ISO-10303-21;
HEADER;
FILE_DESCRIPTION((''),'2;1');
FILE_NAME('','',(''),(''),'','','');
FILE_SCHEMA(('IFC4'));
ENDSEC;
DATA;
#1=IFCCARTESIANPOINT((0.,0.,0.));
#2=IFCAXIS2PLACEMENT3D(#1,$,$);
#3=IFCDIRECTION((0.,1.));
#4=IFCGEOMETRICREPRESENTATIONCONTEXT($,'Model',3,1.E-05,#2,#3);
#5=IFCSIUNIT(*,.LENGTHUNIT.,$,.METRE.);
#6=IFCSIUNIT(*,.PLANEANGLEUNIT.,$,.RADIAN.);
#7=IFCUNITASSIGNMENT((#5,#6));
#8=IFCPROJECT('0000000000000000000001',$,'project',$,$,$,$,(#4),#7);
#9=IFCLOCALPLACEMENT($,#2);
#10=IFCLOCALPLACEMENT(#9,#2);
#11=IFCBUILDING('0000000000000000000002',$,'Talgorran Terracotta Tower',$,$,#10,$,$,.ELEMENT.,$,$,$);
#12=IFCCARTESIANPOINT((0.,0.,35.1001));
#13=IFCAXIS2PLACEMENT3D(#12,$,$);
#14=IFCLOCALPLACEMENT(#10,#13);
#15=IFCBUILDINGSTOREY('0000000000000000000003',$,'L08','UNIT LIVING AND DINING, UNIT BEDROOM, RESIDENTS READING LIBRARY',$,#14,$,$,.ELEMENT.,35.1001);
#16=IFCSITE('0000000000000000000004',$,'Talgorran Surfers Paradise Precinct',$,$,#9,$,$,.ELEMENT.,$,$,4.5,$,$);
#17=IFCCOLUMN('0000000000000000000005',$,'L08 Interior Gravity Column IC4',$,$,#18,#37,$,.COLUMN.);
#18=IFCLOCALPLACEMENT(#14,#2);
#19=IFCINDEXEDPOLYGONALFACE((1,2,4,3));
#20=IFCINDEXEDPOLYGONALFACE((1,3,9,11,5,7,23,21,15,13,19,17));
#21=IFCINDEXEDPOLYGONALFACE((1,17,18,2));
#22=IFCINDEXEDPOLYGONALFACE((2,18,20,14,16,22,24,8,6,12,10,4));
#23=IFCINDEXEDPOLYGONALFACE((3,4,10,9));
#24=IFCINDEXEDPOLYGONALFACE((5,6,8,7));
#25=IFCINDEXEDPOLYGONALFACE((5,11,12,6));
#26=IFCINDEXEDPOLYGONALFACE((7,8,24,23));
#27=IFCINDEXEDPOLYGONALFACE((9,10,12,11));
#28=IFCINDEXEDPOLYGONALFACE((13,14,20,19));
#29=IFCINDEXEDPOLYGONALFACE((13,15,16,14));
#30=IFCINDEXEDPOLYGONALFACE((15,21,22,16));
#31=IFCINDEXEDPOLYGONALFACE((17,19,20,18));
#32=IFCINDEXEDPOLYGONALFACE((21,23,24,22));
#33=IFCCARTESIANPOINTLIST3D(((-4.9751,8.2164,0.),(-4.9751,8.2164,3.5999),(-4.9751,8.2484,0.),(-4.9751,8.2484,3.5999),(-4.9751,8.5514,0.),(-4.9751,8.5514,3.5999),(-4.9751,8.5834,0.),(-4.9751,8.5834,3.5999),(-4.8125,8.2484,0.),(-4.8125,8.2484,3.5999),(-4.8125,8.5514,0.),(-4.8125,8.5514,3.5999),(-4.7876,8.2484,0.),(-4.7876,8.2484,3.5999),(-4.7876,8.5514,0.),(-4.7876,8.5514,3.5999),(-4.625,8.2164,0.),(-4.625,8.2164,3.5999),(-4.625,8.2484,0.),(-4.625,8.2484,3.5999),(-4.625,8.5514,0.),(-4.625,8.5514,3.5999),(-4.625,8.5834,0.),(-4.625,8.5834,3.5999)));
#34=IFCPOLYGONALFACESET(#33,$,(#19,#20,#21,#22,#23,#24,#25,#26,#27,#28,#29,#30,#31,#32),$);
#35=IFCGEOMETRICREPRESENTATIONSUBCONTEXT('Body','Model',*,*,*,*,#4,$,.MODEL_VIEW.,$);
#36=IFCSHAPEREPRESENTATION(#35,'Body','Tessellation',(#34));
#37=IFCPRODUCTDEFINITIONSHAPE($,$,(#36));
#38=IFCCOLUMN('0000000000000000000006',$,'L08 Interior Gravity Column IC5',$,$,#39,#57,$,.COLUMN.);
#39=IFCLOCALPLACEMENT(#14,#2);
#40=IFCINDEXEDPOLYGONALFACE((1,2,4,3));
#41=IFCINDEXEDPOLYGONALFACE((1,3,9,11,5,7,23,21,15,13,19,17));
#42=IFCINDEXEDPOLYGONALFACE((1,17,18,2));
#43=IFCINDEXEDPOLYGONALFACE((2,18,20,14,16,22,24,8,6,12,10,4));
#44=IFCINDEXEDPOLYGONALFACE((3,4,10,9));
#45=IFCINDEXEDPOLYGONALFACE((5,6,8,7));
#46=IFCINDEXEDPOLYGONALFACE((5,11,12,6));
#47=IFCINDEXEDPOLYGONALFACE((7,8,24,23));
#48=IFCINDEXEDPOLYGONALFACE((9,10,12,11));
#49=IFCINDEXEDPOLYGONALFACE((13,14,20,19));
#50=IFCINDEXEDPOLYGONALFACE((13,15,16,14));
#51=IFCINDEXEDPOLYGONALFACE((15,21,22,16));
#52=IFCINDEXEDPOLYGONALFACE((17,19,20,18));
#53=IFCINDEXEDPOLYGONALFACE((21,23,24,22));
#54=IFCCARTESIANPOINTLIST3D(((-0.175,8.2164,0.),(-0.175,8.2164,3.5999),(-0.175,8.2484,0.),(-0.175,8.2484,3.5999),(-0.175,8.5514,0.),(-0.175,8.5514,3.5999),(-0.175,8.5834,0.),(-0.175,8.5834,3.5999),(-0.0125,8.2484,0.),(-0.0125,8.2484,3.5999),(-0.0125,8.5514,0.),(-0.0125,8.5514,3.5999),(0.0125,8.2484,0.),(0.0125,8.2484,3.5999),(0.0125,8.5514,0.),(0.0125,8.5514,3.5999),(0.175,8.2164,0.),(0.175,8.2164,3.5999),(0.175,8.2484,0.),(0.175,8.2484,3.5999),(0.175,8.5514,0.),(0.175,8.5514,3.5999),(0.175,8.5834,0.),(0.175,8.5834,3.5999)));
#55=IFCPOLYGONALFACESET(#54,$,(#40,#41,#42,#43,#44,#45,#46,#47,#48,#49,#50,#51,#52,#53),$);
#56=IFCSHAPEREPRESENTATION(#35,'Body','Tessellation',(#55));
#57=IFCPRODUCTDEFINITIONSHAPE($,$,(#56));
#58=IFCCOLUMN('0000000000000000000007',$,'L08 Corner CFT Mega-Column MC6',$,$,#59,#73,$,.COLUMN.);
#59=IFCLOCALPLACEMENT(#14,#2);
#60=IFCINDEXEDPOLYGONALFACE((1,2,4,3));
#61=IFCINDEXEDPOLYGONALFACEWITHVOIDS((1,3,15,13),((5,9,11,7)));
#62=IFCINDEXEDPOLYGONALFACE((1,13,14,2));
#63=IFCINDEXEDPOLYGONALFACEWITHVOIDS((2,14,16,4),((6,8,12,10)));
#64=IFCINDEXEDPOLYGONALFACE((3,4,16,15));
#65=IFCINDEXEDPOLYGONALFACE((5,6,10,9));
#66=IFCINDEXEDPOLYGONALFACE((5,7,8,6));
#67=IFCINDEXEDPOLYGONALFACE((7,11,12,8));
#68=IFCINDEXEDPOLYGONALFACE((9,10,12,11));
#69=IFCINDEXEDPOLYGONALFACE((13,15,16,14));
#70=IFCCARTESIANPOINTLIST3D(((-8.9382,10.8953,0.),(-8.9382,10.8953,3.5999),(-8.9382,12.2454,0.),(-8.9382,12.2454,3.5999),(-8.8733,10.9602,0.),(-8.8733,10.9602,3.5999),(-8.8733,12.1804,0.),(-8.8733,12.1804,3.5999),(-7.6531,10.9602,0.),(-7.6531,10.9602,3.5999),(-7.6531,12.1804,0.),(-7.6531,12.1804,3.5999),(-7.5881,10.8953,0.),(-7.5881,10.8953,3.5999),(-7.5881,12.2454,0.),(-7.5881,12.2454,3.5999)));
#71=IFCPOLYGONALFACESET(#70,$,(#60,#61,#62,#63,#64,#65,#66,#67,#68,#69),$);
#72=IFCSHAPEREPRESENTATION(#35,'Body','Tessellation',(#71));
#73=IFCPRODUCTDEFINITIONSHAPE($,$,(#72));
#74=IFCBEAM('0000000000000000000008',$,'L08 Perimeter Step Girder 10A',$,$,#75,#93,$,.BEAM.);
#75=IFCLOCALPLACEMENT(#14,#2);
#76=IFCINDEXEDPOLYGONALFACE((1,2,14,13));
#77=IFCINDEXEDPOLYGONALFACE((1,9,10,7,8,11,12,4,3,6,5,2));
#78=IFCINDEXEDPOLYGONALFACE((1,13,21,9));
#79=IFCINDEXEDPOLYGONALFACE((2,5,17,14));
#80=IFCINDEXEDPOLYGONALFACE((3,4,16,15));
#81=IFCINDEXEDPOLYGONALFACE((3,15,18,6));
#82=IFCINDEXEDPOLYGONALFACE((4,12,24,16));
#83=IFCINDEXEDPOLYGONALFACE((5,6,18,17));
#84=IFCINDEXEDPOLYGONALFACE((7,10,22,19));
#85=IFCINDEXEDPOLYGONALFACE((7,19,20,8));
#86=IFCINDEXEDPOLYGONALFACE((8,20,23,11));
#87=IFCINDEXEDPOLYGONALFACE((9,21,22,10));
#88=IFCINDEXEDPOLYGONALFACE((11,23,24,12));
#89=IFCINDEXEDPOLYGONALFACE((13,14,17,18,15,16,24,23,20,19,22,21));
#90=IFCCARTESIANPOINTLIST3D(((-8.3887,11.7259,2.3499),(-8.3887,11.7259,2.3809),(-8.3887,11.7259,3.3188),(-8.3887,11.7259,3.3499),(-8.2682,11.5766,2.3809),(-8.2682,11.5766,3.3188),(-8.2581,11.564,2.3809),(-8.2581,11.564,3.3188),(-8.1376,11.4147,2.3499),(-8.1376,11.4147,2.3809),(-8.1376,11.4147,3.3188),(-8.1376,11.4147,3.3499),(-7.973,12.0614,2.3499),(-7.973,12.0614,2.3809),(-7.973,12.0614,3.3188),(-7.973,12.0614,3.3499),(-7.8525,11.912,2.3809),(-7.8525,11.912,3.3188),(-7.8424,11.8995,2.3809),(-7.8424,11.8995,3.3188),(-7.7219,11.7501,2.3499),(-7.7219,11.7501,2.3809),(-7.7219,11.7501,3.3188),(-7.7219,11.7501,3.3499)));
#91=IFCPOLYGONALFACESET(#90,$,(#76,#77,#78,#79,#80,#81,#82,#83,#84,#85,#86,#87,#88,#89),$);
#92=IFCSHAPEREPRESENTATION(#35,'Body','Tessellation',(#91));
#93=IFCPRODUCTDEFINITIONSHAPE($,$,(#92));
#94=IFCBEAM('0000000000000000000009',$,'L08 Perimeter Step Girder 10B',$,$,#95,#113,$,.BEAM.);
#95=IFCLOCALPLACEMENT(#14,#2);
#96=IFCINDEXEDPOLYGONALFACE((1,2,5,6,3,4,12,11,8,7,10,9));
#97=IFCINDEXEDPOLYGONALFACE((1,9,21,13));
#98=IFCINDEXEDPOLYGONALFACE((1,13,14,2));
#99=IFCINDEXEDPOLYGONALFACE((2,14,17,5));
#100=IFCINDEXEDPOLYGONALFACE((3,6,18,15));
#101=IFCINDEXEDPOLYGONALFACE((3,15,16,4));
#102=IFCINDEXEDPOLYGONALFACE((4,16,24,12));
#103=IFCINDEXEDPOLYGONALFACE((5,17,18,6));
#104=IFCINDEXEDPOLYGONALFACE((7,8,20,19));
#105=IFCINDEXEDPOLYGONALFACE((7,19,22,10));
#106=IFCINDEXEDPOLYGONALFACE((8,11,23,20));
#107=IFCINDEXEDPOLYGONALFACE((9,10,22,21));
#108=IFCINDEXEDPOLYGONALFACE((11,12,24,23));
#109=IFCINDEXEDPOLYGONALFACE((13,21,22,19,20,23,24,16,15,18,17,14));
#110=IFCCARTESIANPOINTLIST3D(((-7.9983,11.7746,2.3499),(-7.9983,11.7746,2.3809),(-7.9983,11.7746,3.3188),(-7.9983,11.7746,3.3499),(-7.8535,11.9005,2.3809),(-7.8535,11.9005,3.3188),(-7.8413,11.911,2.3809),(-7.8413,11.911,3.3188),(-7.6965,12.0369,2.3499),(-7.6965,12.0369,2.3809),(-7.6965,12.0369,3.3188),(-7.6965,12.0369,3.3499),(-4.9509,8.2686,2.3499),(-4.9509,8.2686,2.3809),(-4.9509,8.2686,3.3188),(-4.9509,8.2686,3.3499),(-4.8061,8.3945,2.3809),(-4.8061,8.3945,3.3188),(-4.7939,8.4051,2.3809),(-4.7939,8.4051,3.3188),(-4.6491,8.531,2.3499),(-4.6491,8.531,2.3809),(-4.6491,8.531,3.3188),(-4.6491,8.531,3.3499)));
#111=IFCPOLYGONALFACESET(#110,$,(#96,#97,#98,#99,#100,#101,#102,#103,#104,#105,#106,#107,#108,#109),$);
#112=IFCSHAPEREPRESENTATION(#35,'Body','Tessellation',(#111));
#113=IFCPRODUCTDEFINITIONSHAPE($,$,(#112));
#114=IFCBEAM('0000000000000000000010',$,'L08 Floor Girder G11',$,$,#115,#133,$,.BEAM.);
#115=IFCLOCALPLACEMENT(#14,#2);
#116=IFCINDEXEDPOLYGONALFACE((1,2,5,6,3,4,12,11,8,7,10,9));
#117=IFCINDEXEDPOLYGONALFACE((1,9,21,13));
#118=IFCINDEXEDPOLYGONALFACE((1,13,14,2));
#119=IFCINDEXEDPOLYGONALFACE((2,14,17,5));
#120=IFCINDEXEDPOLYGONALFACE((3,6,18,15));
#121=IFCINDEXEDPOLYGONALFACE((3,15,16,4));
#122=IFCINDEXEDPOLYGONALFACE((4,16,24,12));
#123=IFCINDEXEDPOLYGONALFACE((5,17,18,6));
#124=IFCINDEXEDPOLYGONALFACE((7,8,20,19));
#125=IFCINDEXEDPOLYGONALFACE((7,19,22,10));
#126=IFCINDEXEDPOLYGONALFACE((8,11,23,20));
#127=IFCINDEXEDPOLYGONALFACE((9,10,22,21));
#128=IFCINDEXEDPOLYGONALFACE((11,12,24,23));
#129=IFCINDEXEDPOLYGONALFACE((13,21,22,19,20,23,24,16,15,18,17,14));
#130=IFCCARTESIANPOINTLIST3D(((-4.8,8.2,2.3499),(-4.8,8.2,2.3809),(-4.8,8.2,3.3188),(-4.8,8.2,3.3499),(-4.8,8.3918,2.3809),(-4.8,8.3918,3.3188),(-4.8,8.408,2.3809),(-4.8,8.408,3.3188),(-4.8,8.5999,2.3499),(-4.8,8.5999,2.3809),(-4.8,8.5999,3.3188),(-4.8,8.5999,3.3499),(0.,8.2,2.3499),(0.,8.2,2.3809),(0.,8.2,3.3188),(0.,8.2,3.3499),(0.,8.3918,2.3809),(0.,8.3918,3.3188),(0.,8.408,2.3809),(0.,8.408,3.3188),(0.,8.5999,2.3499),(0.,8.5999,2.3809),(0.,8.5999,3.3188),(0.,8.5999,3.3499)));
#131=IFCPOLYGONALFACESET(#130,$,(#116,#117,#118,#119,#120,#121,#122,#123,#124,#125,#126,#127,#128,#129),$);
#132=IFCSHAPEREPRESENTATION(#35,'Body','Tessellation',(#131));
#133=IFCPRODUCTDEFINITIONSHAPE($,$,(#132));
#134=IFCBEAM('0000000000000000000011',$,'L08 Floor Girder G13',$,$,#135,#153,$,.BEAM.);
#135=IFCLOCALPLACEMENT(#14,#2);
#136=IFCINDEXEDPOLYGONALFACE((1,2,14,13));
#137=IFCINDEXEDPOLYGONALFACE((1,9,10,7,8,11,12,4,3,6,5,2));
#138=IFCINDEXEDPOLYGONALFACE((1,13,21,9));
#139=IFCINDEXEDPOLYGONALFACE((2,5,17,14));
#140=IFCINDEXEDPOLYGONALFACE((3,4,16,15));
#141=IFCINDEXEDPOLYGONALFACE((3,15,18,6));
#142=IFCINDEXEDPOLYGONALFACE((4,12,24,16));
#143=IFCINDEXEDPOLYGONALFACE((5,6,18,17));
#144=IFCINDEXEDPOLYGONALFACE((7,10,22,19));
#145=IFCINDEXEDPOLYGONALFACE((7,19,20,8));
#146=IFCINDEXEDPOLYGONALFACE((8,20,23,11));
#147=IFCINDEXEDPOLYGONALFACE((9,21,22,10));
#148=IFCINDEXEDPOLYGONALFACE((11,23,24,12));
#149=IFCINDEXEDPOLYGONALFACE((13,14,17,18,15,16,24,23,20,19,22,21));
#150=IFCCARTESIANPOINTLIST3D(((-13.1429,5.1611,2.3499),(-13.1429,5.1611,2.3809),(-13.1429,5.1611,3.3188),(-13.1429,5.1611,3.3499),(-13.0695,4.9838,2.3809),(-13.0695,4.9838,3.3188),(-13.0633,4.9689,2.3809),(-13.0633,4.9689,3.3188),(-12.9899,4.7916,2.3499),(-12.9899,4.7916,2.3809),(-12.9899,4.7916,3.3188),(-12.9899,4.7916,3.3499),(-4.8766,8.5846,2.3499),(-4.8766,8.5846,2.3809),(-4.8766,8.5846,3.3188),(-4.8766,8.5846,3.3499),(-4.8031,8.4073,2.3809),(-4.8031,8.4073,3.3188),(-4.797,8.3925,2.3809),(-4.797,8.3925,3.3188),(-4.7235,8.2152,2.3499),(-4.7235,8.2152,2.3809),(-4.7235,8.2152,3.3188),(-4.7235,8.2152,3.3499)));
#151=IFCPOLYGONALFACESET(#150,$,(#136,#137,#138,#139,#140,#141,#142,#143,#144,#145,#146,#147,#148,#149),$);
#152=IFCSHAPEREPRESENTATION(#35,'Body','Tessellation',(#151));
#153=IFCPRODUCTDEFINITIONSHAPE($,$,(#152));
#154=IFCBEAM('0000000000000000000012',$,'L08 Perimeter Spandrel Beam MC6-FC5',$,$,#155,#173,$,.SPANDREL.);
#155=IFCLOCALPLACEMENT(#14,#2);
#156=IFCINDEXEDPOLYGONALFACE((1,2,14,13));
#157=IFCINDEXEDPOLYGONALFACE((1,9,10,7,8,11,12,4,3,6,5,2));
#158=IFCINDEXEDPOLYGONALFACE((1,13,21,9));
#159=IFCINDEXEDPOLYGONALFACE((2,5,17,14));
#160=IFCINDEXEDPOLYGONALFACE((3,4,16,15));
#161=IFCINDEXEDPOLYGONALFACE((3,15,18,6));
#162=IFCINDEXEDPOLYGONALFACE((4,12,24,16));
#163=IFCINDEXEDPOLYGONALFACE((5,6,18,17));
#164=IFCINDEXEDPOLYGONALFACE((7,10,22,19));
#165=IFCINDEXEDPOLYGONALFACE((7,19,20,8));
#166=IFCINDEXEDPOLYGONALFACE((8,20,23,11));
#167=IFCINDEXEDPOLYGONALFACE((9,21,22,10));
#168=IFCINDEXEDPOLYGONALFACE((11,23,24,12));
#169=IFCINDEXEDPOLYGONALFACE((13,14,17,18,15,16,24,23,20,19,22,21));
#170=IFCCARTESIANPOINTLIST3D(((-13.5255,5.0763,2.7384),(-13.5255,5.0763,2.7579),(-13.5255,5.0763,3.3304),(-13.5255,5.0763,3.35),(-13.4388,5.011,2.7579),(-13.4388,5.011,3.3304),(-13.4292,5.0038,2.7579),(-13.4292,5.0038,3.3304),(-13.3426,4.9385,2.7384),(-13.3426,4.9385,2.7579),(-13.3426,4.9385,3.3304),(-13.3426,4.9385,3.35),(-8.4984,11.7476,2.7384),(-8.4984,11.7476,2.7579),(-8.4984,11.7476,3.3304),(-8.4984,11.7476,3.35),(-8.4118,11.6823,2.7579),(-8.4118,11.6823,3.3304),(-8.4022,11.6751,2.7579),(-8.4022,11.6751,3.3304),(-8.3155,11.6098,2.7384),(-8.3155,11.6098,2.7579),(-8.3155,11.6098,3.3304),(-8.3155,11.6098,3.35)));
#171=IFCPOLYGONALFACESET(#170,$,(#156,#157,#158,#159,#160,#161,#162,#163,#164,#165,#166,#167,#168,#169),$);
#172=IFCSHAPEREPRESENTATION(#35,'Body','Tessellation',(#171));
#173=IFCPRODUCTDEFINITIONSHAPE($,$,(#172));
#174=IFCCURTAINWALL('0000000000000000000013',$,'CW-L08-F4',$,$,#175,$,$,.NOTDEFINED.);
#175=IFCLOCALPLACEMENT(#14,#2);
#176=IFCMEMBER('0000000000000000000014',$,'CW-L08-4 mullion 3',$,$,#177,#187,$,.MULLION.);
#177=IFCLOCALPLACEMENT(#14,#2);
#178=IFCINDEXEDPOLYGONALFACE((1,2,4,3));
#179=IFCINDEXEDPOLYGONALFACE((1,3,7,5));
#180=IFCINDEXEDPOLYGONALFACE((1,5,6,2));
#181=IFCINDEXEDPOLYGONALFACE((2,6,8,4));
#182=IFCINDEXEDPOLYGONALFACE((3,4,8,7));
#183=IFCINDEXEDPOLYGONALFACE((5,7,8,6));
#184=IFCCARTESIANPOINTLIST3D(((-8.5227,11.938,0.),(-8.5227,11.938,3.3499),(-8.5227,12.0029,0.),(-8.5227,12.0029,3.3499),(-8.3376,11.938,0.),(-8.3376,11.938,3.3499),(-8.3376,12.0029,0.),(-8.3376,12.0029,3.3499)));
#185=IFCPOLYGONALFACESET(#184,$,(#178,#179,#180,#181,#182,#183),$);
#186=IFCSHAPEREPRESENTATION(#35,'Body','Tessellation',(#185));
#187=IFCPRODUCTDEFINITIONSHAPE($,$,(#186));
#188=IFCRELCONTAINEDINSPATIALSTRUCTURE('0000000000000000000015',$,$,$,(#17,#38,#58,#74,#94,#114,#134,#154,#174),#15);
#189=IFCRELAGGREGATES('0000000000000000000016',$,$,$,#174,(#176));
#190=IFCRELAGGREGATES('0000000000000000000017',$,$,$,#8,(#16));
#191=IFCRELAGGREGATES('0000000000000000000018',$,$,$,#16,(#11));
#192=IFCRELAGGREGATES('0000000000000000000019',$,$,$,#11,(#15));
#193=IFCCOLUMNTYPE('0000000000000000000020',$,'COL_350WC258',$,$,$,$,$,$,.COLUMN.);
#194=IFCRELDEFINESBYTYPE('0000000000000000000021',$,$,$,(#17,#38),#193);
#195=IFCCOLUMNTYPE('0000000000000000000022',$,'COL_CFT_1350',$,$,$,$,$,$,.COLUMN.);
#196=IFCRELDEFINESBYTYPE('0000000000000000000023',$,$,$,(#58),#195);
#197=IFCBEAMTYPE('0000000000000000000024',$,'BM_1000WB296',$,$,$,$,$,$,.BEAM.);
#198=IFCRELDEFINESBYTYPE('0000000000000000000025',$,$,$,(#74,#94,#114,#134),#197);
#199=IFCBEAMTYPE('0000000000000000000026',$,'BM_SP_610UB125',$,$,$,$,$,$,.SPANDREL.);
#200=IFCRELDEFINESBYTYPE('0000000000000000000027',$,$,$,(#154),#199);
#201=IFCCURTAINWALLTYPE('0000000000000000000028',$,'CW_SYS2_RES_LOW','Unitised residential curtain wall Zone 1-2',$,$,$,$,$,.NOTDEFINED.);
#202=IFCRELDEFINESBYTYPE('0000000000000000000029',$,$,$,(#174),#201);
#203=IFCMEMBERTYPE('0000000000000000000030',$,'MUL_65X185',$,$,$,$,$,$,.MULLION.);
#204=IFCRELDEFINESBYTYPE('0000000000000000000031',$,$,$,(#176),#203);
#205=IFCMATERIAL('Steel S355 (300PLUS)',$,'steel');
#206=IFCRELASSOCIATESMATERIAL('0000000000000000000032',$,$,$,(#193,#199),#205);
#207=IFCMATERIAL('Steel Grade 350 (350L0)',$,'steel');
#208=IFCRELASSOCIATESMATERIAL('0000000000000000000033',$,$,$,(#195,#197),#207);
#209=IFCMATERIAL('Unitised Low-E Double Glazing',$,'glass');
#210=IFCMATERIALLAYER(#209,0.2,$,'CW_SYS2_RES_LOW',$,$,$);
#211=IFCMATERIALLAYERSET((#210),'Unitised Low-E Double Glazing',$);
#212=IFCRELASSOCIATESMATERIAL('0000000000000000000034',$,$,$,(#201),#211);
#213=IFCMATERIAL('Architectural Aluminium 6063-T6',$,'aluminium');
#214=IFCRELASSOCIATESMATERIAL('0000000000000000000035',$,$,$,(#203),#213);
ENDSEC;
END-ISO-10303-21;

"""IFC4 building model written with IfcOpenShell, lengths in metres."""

from ifc_helpers import new_model, si_unit, direction, frame, origin, origin_2d, place, context, subcontext, project, spatial, rectangle, hollow_rectangle, i_section, extrude, material, layer, layer_set, material_profile, profile_set, type_object, element, aggregate, save


model = new_model("IFC4")

# Units and contexts
model_context = context("Model", 3, precision=1e-05, world=origin(), true_north=direction((0.0, 1.0)))
body_context = subcontext(model_context, "Body", "Model", "MODEL_VIEW")
ifc_project = project(units=[si_unit("LENGTHUNIT", "METRE"), si_unit("PLANEANGLEUNIT", "RADIAN")], contexts=[model_context])

# Site, building, storey
site_placement = place(None, origin())
site = spatial("IfcSite", under=ifc_project, at=site_placement, Name="Talgorran Surfers Paradise Precinct", CompositionType="ELEMENT", RefElevation=4.5)
building_placement = place(site_placement, origin())
building = spatial("IfcBuilding", under=site, at=building_placement, Name="Talgorran Terracotta Tower", CompositionType="ELEMENT")
storey_placement = place(building_placement, frame((0.0, 0.0, 35.1001)))
storey = spatial("IfcBuildingStorey", under=building, at=storey_placement, Name="L08", Description="UNIT LIVING AND DINING, UNIT BEDROOM, RESIDENTS READING LIBRARY", CompositionType="ELEMENT", Elevation=35.1001)

# Columns
ifc_material_1 = material(Name="Steel S355 (300PLUS)", Category="steel")
ifc_material_profile_1 = material_profile(ifc_material_1, i_section(OverallWidth=0.3501, OverallDepth=0.3669, WebThickness=0.0249, FlangeThickness=0.032, at=origin_2d()), Name="350WC258")
ifc_profile_set_1 = profile_set([ifc_material_profile_1], Name="Steel S355 (300PLUS)")
column_type_1 = type_object("IfcColumnType", Name="COL_350WC258", PredefinedType="COLUMN", material=ifc_profile_set_1)
for number, where, z_axis, x_axis, name in (
    (1, (-4.8, 8.3999, 0.0), (0.0, 0.0, 1.0), (1.0, 0.0, 0.0), "L08 Interior Gravity Column IC4"),
    (2, (0.0, 8.3999, 0.0), (0.0, 0.0, 1.0), (1.0, 0.0, 0.0), "L08 Interior Gravity Column IC5"),
):
    element("IfcColumn", number, at=place(storey_placement, frame(where, z_axis=z_axis, x_axis=x_axis)), inside=storey, type_object=column_type_1, Name=name, PredefinedType="COLUMN", context=body_context, shape_type="SweptSolid", body=[
        extrude(i_section(OverallWidth=0.3501, OverallDepth=0.3669, WebThickness=0.0249, FlangeThickness=0.032, at=origin_2d()), origin(), (0.0, 0.0, 1.0), 3.5999),
    ])
ifc_material_2 = material(Name="Steel Grade 350 (350L0)", Category="steel")
ifc_material_profile_2 = material_profile(ifc_material_2, hollow_rectangle(XDim=1.3501, YDim=1.3501, WallThickness=0.0649, at=origin_2d()), Name="CFT1350X1350X65")
ifc_profile_set_2 = profile_set([ifc_material_profile_2], Name="Steel Grade 350 (350L0)")
column_type_2 = type_object("IfcColumnType", Name="COL_CFT_1350", PredefinedType="COLUMN", material=ifc_profile_set_2)
column_placement = place(storey_placement, frame((-8.2632, 11.5703, 0.0), z_axis=(0.0, 0.0, 1.0), x_axis=(1.0, 0.0, 0.0)))
element("IfcColumn", 3, at=column_placement, inside=storey, type_object=column_type_2, Name="L08 Corner CFT Mega-Column MC6", PredefinedType="COLUMN", context=body_context, shape_type="SweptSolid", body=[
    extrude(hollow_rectangle(XDim=1.3501, YDim=1.3501, WallThickness=0.0649, at=origin_2d()), origin(), (0.0, 0.0, 1.0), 3.5999),
])

# Beams
ifc_material_profile_3 = material_profile(ifc_material_2, i_section(OverallWidth=0.3999, OverallDepth=1.0, WebThickness=0.0161, FlangeThickness=0.031, at=origin_2d()), Name="1000WB296")
ifc_profile_set_3 = profile_set([ifc_material_profile_3], Name="Steel Grade 350 (350L0)")
beam_type_1 = type_object("IfcBeamType", Name="BM_1000WB296", PredefinedType="BEAM", material=ifc_profile_set_3)
beam_1_placement = place(storey_placement, frame((-8.2632, 11.5703, 2.8499), z_axis=(0.778276, 0.627922, 0.0), x_axis=(-0.627922, 0.778276, 0.0)))
element("IfcBeam", 4, at=beam_1_placement, inside=storey, type_object=beam_type_1, Name="L08 Perimeter Step Girder 10A", PredefinedType="BEAM", context=body_context, shape_type="SweptSolid", body=[
    extrude(i_section(OverallWidth=0.3999, OverallDepth=1.0, WebThickness=0.0161, FlangeThickness=0.031, at=origin_2d()), origin(), (0.0, 0.0, 1.0), 0.5342),
])
beam_2_placement = place(storey_placement, frame((-7.8474, 11.9058, 2.8499), z_axis=(0.65603, -0.754734, 0.0), x_axis=(0.754734, 0.65603, 0.0)))
element("IfcBeam", 5, at=beam_2_placement, inside=storey, type_object=beam_type_1, Name="L08 Perimeter Step Girder 10B", PredefinedType="BEAM", context=body_context, shape_type="SweptSolid", body=[
    extrude(i_section(OverallWidth=0.3999, OverallDepth=1.0, WebThickness=0.0161, FlangeThickness=0.031, at=origin_2d()), origin(), (0.0, 0.0, 1.0), 4.6453),
])
beam_3_placement = place(storey_placement, frame((-4.8, 8.3999, 2.8499), z_axis=(1.0, 0.0, 0.0), x_axis=(0.0, 1.0, 0.0)))
element("IfcBeam", 6, at=beam_3_placement, inside=storey, type_object=beam_type_1, Name="L08 Floor Girder G11", PredefinedType="BEAM", context=body_context, shape_type="SweptSolid", body=[
    extrude(i_section(OverallWidth=0.3999, OverallDepth=1.0, WebThickness=0.0161, FlangeThickness=0.031, at=origin_2d()), origin(), (0.0, 0.0, 1.0), 4.8),
])
beam_4_placement = place(storey_placement, frame((-4.8, 8.3999, 2.8499), z_axis=(-0.923897, -0.38264, 0.0), x_axis=(0.38264, -0.923897, 0.0)))
element("IfcBeam", 7, at=beam_4_placement, inside=storey, type_object=beam_type_1, Name="L08 Floor Girder G13", PredefinedType="BEAM", context=body_context, shape_type="SweptSolid", body=[
    extrude(i_section(OverallWidth=0.3999, OverallDepth=1.0, WebThickness=0.0161, FlangeThickness=0.031, at=origin_2d()), origin(), (0.0, 0.0, 1.0), 8.9473),
])
ifc_material_profile_4 = material_profile(ifc_material_1, i_section(OverallWidth=0.229, OverallDepth=0.6116, WebThickness=0.012, FlangeThickness=0.0195, at=origin_2d()), Name="610UB125")
ifc_profile_set_4 = profile_set([ifc_material_profile_4], Name="Steel S355 (300PLUS)")
beam_type_2 = type_object("IfcBeamType", Name="BM_SP_610UB125", PredefinedType="SPANDREL", material=ifc_profile_set_4)
beam_5_placement = place(storey_placement, frame((-8.407, 11.6787, 3.0442), z_axis=(-0.601804, -0.798644, 0.0), x_axis=(0.798644, -0.601804, 0.0)))
element("IfcBeam", 8, at=beam_5_placement, inside=storey, type_object=beam_type_2, Name="L08 Perimeter Spandrel Beam MC6-FC5", PredefinedType="SPANDREL", context=body_context, shape_type="SweptSolid", body=[
    extrude(i_section(OverallWidth=0.229, OverallDepth=0.6116, WebThickness=0.012, FlangeThickness=0.0195, at=origin_2d()), origin(), (0.0, 0.0, 1.0), 8.3533),
])

# Curtain wall, member
ifc_material_3 = material(Name="Unitised Low-E Double Glazing", Category="glass")
ifc_layer_1 = layer(ifc_material_3, 0.2, Name="CW_SYS2_RES_LOW")
ifc_layer_set_1 = layer_set([ifc_layer_1], Name="Unitised Low-E Double Glazing")
curtain_wall_type = type_object("IfcCurtainWallType", Name="CW_SYS2_RES_LOW", Description="Unitised residential curtain wall Zone 1-2", PredefinedType="NOTDEFINED", material=ifc_layer_set_1)
curtain_wall_1_placement = place(storey_placement, origin())
curtain_wall_1 = element("IfcCurtainWall", 9, at=curtain_wall_1_placement, inside=storey, type_object=curtain_wall_type, Name="CW-L08-F4", PredefinedType="NOTDEFINED")
ifc_material_4 = material(Name="Architectural Aluminium 6063-T6", Category="aluminium")
ifc_material_profile_5 = material_profile(ifc_material_4, rectangle(XDim=0.0649, YDim=0.1851, at=origin_2d()), Name="CWM65X185")
ifc_profile_set_5 = profile_set([ifc_material_profile_5], Name="Architectural Aluminium 6063-T6")
member_type_1 = type_object("IfcMemberType", Name="MUL_65X185", PredefinedType="MULLION", material=ifc_profile_set_5)
member_1_placement = place(storey_placement, frame((-8.4302, 11.9705, 0.0), z_axis=(0.0, 0.0, 1.0), x_axis=(0.0, -1.0, 0.0)))
member_1 = element("IfcMember", 10, at=member_1_placement, type_object=member_type_1, Name="CW-L08-4 mullion 3", PredefinedType="MULLION", context=body_context, shape_type="SweptSolid", body=[
    extrude(rectangle(XDim=0.0649, YDim=0.1851, at=origin_2d()), origin(), (0.0, 0.0, 1.0), 3.3499),
])

aggregate(curtain_wall_1, [member_1])

save(model, "model.ifc")
